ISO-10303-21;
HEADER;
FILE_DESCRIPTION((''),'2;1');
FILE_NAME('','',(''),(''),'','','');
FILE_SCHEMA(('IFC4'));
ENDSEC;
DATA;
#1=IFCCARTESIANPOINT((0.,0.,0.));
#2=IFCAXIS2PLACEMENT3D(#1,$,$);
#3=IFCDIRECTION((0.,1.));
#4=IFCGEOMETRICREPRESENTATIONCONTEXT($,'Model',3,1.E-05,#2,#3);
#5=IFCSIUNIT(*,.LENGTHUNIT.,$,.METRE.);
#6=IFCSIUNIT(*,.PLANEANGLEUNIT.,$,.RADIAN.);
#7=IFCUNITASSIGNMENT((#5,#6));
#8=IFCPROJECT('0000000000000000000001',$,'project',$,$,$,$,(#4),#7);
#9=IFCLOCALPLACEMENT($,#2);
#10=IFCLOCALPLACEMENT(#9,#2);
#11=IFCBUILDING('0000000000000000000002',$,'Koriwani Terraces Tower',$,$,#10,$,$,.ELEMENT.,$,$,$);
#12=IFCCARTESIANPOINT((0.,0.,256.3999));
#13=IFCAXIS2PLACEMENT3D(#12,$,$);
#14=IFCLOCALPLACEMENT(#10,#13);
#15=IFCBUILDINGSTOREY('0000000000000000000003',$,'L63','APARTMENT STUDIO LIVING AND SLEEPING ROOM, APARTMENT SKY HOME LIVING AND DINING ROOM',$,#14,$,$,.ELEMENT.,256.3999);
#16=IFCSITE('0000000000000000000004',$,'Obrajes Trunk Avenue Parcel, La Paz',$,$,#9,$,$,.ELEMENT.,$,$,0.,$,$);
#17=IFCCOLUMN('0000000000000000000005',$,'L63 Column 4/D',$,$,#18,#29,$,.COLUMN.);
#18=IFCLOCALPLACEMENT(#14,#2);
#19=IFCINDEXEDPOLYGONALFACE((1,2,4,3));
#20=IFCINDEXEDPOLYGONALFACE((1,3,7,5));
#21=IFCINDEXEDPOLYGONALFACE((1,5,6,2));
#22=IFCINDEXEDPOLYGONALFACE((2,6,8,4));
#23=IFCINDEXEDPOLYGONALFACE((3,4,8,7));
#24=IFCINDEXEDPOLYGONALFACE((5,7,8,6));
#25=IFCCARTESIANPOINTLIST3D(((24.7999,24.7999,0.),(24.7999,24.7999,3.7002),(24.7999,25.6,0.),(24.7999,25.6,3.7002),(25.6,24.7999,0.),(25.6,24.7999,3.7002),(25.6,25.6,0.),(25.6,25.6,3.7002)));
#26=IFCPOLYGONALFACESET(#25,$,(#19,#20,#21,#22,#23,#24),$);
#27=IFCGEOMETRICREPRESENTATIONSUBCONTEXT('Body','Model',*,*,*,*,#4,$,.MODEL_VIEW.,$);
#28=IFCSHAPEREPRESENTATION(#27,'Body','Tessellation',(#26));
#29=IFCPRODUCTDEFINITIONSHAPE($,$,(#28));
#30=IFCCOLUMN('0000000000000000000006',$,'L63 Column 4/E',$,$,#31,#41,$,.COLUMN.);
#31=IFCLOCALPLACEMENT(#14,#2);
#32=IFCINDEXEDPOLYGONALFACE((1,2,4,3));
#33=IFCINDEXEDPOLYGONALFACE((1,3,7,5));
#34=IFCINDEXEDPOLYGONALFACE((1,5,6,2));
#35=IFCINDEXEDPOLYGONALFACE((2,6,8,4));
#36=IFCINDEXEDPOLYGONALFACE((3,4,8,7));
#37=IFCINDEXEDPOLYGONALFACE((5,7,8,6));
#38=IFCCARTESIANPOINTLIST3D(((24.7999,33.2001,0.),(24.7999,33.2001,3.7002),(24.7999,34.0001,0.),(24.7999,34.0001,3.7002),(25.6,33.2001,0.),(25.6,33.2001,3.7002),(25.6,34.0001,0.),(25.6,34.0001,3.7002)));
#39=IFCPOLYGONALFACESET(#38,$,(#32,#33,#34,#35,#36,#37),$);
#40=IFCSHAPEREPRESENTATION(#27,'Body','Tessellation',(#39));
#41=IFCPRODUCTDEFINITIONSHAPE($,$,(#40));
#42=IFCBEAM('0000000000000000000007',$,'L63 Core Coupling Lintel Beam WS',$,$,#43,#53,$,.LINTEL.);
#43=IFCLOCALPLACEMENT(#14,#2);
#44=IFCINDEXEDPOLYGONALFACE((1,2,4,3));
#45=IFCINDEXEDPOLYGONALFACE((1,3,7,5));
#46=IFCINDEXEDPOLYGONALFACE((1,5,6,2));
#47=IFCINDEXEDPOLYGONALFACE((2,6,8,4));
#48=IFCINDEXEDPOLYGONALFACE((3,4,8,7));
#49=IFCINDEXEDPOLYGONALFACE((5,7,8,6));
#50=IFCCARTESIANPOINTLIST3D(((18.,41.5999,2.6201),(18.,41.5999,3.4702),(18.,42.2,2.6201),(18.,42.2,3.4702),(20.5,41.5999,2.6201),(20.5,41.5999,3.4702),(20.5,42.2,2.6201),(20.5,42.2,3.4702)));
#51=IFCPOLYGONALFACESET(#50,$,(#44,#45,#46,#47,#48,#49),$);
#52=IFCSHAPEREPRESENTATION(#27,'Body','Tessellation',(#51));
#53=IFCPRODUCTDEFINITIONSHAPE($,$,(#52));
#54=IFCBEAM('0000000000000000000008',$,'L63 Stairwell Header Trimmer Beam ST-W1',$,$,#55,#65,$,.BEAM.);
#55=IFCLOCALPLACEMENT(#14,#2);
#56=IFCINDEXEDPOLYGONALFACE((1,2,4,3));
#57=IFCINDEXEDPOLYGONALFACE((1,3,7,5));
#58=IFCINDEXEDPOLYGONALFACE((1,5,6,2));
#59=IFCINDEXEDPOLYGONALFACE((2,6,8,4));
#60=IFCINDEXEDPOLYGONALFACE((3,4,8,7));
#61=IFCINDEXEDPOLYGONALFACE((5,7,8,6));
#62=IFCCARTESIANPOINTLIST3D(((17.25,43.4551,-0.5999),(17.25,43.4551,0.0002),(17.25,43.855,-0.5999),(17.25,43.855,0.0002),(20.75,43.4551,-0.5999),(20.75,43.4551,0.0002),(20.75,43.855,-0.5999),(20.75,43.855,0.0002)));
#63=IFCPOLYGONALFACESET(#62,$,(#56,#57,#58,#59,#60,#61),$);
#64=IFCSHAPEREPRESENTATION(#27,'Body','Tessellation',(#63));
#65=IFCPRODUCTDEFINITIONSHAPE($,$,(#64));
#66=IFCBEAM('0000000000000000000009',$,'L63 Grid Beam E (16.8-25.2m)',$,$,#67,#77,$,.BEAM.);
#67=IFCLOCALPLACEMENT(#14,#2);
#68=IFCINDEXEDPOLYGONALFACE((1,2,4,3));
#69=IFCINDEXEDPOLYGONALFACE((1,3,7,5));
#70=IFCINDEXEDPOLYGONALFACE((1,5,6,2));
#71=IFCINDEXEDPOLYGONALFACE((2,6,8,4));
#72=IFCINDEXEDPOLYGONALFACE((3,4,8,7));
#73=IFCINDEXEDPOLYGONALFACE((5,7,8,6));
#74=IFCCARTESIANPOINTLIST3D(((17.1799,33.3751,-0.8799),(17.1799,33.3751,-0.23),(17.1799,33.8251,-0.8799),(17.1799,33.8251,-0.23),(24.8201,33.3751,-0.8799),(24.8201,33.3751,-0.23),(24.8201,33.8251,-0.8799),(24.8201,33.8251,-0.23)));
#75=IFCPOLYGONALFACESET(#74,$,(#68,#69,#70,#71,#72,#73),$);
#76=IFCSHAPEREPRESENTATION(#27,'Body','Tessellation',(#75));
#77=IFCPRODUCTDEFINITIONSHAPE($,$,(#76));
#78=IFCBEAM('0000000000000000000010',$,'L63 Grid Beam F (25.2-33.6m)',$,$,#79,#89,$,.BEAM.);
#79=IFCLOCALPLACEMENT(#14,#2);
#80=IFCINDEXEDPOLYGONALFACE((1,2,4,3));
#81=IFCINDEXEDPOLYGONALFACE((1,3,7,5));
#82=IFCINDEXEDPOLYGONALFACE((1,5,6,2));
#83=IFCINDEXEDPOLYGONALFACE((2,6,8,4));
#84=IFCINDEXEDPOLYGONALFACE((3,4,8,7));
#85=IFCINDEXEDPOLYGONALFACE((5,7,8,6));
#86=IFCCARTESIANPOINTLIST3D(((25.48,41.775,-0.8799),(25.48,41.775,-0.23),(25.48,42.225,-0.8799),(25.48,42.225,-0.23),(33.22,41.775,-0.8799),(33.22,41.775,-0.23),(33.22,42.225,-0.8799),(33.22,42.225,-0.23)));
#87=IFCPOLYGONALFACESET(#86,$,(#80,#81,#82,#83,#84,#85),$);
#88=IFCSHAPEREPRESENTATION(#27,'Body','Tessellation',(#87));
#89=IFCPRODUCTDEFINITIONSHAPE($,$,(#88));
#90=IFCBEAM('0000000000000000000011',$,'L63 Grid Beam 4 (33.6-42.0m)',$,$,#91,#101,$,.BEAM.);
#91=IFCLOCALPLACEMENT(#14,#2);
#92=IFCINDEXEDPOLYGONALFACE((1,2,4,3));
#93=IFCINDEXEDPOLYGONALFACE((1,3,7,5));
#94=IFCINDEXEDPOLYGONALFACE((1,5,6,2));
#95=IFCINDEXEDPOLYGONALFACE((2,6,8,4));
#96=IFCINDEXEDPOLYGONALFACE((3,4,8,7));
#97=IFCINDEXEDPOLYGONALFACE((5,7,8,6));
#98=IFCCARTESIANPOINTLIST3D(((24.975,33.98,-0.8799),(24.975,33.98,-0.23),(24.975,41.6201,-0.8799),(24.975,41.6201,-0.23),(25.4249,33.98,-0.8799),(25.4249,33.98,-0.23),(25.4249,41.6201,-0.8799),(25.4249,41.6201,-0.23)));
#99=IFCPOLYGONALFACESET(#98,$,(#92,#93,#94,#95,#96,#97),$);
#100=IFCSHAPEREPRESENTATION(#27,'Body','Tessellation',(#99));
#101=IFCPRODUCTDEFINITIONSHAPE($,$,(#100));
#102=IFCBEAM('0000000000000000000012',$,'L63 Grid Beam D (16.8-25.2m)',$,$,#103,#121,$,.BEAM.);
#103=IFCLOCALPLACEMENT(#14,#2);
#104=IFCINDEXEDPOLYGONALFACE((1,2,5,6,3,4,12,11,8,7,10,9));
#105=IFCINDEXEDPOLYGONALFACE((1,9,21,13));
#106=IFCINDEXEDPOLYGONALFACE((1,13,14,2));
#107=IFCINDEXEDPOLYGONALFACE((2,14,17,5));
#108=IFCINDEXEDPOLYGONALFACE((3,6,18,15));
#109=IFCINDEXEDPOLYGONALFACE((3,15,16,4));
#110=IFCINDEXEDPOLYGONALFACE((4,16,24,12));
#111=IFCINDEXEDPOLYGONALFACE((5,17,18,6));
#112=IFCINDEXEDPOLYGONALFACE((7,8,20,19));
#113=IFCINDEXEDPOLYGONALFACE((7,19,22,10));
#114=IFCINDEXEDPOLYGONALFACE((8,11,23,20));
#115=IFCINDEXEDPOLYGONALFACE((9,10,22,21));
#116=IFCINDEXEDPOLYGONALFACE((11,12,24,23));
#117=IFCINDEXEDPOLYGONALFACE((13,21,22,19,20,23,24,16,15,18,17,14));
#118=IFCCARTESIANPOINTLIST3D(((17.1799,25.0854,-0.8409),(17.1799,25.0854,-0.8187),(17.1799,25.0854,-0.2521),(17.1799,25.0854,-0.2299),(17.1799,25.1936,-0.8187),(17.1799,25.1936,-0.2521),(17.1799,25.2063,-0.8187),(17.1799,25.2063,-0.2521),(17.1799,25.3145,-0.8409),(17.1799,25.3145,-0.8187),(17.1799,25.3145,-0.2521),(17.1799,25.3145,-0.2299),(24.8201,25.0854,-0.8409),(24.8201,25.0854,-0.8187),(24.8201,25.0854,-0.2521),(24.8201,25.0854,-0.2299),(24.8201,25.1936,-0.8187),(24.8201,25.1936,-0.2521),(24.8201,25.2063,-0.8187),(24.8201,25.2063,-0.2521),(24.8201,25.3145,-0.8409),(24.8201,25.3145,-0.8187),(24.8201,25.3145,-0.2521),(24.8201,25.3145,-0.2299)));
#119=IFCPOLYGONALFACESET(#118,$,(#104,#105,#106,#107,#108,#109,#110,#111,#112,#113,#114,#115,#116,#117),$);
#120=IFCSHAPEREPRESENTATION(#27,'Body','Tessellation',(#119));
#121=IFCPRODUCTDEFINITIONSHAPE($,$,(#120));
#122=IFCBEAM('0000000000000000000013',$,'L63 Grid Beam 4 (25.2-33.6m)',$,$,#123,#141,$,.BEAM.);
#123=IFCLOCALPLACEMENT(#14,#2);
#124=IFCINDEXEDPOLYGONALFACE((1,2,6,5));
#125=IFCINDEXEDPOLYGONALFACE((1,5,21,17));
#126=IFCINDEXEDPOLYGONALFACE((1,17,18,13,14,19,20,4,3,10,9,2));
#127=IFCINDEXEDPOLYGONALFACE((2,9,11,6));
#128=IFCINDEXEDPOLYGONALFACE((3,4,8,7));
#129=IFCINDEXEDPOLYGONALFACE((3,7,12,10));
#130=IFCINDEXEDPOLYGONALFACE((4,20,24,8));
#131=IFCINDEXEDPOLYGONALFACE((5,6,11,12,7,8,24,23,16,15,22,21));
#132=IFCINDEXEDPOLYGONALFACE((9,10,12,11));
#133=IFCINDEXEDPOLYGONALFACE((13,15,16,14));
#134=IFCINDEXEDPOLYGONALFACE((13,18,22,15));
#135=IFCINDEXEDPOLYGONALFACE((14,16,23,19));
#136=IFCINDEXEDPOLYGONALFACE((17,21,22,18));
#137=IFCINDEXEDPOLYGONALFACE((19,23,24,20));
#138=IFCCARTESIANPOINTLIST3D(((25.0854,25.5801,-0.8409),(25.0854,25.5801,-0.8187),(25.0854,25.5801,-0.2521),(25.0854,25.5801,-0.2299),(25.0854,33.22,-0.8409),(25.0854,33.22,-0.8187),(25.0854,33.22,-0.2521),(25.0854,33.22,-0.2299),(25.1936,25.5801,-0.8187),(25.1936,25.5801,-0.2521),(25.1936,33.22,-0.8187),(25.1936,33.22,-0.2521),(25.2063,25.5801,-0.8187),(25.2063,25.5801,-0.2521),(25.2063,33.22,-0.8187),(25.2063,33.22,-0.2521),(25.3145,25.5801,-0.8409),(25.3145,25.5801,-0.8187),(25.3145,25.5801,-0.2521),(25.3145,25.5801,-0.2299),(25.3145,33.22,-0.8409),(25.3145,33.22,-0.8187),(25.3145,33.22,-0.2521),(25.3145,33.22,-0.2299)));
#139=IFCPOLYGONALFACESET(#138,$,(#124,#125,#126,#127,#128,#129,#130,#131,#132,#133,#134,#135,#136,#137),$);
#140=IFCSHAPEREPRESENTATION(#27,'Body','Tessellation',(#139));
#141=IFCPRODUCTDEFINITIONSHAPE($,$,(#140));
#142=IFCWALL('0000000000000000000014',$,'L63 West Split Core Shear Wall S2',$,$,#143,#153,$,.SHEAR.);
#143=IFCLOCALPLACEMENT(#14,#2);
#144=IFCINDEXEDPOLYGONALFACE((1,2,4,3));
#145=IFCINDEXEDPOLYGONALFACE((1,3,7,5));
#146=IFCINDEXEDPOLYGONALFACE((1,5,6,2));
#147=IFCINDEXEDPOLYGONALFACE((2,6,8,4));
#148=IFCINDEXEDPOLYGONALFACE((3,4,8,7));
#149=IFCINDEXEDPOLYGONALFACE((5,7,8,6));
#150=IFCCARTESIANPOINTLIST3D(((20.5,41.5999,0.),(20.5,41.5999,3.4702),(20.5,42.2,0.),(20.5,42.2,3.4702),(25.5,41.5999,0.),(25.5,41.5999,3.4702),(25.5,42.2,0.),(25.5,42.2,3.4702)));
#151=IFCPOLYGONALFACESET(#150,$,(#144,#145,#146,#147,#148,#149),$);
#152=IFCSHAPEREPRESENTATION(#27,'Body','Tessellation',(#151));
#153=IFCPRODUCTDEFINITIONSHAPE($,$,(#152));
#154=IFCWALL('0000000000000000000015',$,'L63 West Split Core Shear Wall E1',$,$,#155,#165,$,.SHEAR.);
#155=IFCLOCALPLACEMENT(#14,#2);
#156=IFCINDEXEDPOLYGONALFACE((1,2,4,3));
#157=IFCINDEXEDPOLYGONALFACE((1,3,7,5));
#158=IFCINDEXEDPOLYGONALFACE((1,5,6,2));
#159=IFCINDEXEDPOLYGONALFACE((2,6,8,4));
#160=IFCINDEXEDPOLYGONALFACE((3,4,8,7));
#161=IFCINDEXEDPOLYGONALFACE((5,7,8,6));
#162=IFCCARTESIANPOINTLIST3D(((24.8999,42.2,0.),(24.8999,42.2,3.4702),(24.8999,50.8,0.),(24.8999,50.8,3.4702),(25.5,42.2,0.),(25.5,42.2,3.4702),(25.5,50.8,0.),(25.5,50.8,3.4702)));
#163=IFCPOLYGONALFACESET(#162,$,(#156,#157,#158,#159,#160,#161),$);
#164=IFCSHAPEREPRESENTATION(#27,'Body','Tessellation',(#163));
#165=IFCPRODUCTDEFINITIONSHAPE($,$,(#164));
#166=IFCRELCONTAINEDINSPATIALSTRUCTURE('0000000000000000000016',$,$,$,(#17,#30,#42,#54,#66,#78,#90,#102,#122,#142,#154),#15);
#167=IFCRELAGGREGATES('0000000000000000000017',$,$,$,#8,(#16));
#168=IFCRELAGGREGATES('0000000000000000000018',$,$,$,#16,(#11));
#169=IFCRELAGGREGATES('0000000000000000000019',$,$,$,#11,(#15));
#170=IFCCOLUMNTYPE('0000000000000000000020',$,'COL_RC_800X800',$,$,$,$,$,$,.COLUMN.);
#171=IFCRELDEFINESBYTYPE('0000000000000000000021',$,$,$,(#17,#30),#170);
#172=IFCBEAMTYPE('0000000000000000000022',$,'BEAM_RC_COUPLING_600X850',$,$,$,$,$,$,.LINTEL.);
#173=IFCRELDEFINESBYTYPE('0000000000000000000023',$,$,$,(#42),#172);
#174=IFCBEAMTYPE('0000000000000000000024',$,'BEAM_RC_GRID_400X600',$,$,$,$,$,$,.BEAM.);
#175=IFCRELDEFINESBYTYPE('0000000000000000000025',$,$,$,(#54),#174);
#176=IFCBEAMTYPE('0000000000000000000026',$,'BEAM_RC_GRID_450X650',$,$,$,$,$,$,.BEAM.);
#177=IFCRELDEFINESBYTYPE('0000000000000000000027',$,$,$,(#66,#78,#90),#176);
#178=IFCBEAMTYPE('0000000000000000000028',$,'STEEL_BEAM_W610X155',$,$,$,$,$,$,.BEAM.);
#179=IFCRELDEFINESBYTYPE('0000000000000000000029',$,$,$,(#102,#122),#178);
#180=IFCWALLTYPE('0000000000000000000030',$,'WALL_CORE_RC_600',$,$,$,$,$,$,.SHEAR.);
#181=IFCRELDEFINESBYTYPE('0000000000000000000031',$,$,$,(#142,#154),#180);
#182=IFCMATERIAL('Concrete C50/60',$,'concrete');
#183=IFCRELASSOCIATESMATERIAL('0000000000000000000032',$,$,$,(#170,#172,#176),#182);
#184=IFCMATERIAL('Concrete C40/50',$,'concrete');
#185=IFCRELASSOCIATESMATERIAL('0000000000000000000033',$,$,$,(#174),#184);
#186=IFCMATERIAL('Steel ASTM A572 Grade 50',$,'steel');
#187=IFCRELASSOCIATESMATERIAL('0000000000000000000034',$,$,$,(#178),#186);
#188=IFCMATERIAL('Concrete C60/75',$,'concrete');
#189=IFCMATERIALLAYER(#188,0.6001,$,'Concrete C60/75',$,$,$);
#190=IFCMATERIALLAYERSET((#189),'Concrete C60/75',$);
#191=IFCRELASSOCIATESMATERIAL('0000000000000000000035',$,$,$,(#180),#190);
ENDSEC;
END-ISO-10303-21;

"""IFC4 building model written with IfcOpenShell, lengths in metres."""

from ifc_helpers import new_model, si_unit, direction, frame, frame_2d, origin, origin_2d, place, context, subcontext, project, spatial, rectangle, i_section, extrude, material, layer, layer_set, material_profile, profile_set, type_object, element, save


model = new_model("IFC4")

# Units and contexts
model_context = context("Model", 3, precision=1e-05, world=origin(), true_north=direction((0.0, 1.0)))
body_context = subcontext(model_context, "Body", "Model", "MODEL_VIEW")
ifc_project = project(units=[si_unit("LENGTHUNIT", "METRE"), si_unit("PLANEANGLEUNIT", "RADIAN")], contexts=[model_context])

# Site, building, storey
site_placement = place(None, origin())
site = spatial("IfcSite", under=ifc_project, at=site_placement, Name="Obrajes Trunk Avenue Parcel, La Paz", CompositionType="ELEMENT", RefElevation=0.0)
building_placement = place(site_placement, origin())
building = spatial("IfcBuilding", under=site, at=building_placement, Name="Koriwani Terraces Tower", CompositionType="ELEMENT")
storey_placement = place(building_placement, frame((0.0, 0.0, 256.3999)))
storey = spatial("IfcBuildingStorey", under=building, at=storey_placement, Name="L63", Description="APARTMENT STUDIO LIVING AND SLEEPING ROOM, APARTMENT SKY HOME LIVING AND DINING ROOM", CompositionType="ELEMENT", Elevation=256.3999)

# Columns
ifc_material_1 = material(Name="Concrete C50/60", Category="concrete")
ifc_material_profile_1 = material_profile(ifc_material_1, rectangle(XDim=0.8, YDim=0.8, at=origin_2d()), Name="Concrete C50/60", Category="LoadBearing")
ifc_profile_set_1 = profile_set([ifc_material_profile_1], Name="Concrete C50/60")
column_type = type_object("IfcColumnType", Name="COL_RC_800X800", PredefinedType="COLUMN", material=ifc_profile_set_1)
for number, where, z_axis, x_axis, name in (
    (1, (25.2, 25.2, 0.0), (0.0, 0.0, 1.0), (1.0, 0.0, 0.0), "L63 Column 4/D"),
    (2, (25.2, 33.6001, 0.0), (0.0, 0.0, 1.0), (1.0, 0.0, 0.0), "L63 Column 4/E"),
):
    element("IfcColumn", number, at=place(storey_placement, frame(where, z_axis=z_axis, x_axis=x_axis)), inside=storey, type_object=column_type, Name=name, PredefinedType="COLUMN", context=body_context, shape_type="SweptSolid", body=[
        extrude(rectangle(XDim=0.8, YDim=0.8, at=origin_2d()), origin(), (0.0, 0.0, 1.0), 3.7002),
    ])

# Beams
ifc_material_profile_2 = material_profile(ifc_material_1, rectangle(XDim=0.6001, YDim=0.8501, at=origin_2d()), Name="Concrete C50/60", Category="LoadBearing")
ifc_profile_set_2 = profile_set([ifc_material_profile_2], Name="Concrete C50/60")
beam_type_1 = type_object("IfcBeamType", Name="BEAM_RC_COUPLING_600X850", PredefinedType="LINTEL", material=ifc_profile_set_2)
beam_1_placement = place(storey_placement, frame((18.0, 41.8999, 3.0452), z_axis=(1.0, 0.0, 0.0), x_axis=(0.0, 1.0, 0.0)))
element("IfcBeam", 3, at=beam_1_placement, inside=storey, type_object=beam_type_1, Name="L63 Core Coupling Lintel Beam WS", PredefinedType="LINTEL", context=body_context, shape_type="SweptSolid", body=[
    extrude(rectangle(XDim=0.6001, YDim=0.8501, at=origin_2d()), origin(), (0.0, 0.0, 1.0), 2.5),
])
ifc_material_2 = material(Name="Concrete C40/50", Category="concrete")
ifc_material_profile_3 = material_profile(ifc_material_2, rectangle(XDim=0.3999, YDim=0.6001, at=origin_2d()), Name="Concrete C40/50", Category="LoadBearing")
ifc_profile_set_3 = profile_set([ifc_material_profile_3], Name="Concrete C40/50")
beam_type_2 = type_object("IfcBeamType", Name="BEAM_RC_GRID_400X600", PredefinedType="BEAM", material=ifc_profile_set_3)
beam_2_placement = place(storey_placement, frame((17.25, 43.655, -0.2998), z_axis=(1.0, 0.0, 0.0), x_axis=(0.0, 1.0, 0.0)))
element("IfcBeam", 4, at=beam_2_placement, inside=storey, type_object=beam_type_2, Name="L63 Stairwell Header Trimmer Beam ST-W1", PredefinedType="BEAM", context=body_context, shape_type="SweptSolid", body=[
    extrude(rectangle(XDim=0.3999, YDim=0.6001, at=origin_2d()), origin(), (0.0, 0.0, 1.0), 3.5),
])
ifc_material_profile_4 = material_profile(ifc_material_1, rectangle(XDim=0.45, YDim=0.6499, at=origin_2d()), Name="Concrete C50/60", Category="LoadBearing")
ifc_profile_set_4 = profile_set([ifc_material_profile_4], Name="Concrete C50/60")
beam_type_3 = type_object("IfcBeamType", Name="BEAM_RC_GRID_450X650", PredefinedType="BEAM", material=ifc_profile_set_4)
beam_3_placement = place(storey_placement, frame((17.1799, 33.6001, -0.5549), z_axis=(1.0, 0.0, 0.0), x_axis=(0.0, 1.0, 0.0)))
element("IfcBeam", 5, at=beam_3_placement, inside=storey, type_object=beam_type_3, Name="L63 Grid Beam E (16.8-25.2m)", PredefinedType="BEAM", context=body_context, shape_type="SweptSolid", body=[
    extrude(rectangle(XDim=0.45, YDim=0.6499, at=origin_2d()), origin(), (0.0, 0.0, 1.0), 7.6401),
])
beam_4_placement = place(storey_placement, frame((25.48, 42.0, -0.5549), z_axis=(1.0, 0.0, 0.0), x_axis=(0.0, 1.0, 0.0)))
element("IfcBeam", 6, at=beam_4_placement, inside=storey, type_object=beam_type_3, Name="L63 Grid Beam F (25.2-33.6m)", PredefinedType="BEAM", context=body_context, shape_type="SweptSolid", body=[
    extrude(rectangle(XDim=0.45, YDim=0.6499, at=origin_2d()), origin(), (0.0, 0.0, 1.0), 7.74),
])
beam_5_placement = place(storey_placement, frame((25.2, 33.98, -0.5549), z_axis=(0.0, 1.0, 0.0), x_axis=(-1.0, 0.0, 0.0)))
element("IfcBeam", 7, at=beam_5_placement, inside=storey, type_object=beam_type_3, Name="L63 Grid Beam 4 (33.6-42.0m)", PredefinedType="BEAM", context=body_context, shape_type="SweptSolid", body=[
    extrude(rectangle(XDim=0.45, YDim=0.6499, at=origin_2d()), origin(), (0.0, 0.0, 1.0), 7.6401),
])
ifc_material_3 = material(Name="Steel ASTM A572 Grade 50", Category="steel")
ifc_material_profile_5 = material_profile(ifc_material_3, i_section(OverallWidth=0.229, OverallDepth=0.6111, WebThickness=0.0127, FlangeThickness=0.0222, at=origin_2d()), Name="Steel ASTM A572 Grade 50", Category="LoadBearing")
ifc_profile_set_5 = profile_set([ifc_material_profile_5], Name="Steel ASTM A572 Grade 50")
beam_type_4 = type_object("IfcBeamType", Name="STEEL_BEAM_W610X155", PredefinedType="BEAM", material=ifc_profile_set_5)
beam_6_placement = place(storey_placement, frame((17.1799, 25.2, -0.5354), z_axis=(1.0, 0.0, 0.0), x_axis=(0.0, 1.0, 0.0)))
element("IfcBeam", 8, at=beam_6_placement, inside=storey, type_object=beam_type_4, Name="L63 Grid Beam D (16.8-25.2m)", PredefinedType="BEAM", context=body_context, shape_type="SweptSolid", body=[
    extrude(i_section(OverallWidth=0.229, OverallDepth=0.6111, WebThickness=0.0127, FlangeThickness=0.0222, at=origin_2d()), origin(), (0.0, 0.0, 1.0), 7.6401),
])
beam_7_placement = place(storey_placement, frame((25.2, 25.5801, -0.5354), z_axis=(0.0, 1.0, 0.0), x_axis=(-1.0, 0.0, 0.0)))
element("IfcBeam", 9, at=beam_7_placement, inside=storey, type_object=beam_type_4, Name="L63 Grid Beam 4 (25.2-33.6m)", PredefinedType="BEAM", context=body_context, shape_type="SweptSolid", body=[
    extrude(i_section(OverallWidth=0.229, OverallDepth=0.6111, WebThickness=0.0127, FlangeThickness=0.0222, at=origin_2d()), origin(), (0.0, 0.0, 1.0), 7.6399),
])

# Walls
ifc_material_4 = material(Name="Concrete C60/75", Category="concrete")
ifc_layer_1 = layer(ifc_material_4, 0.6001, Name="Concrete C60/75")
ifc_layer_set_1 = layer_set([ifc_layer_1], Name="Concrete C60/75")
wall_type_1 = type_object("IfcWallType", Name="WALL_CORE_RC_600", PredefinedType="SHEAR", material=ifc_layer_set_1)
wall_1_placement = place(storey_placement, frame((20.5, 41.8999, 0.0), z_axis=(0.0, 0.0, 1.0), x_axis=(1.0, 0.0, 0.0)))
element("IfcWall", 10, at=wall_1_placement, inside=storey, type_object=wall_type_1, Name="L63 West Split Core Shear Wall S2", PredefinedType="SHEAR", context=body_context, shape_type="SweptSolid", body=[
    extrude(rectangle(XDim=5.0, YDim=0.6001, at=frame_2d((2.5, 0.0))), origin(), (0.0, 0.0, 1.0), 3.4702),
])
wall_2_placement = place(storey_placement, frame((25.2, 42.2, 0.0), z_axis=(0.0, 0.0, 1.0), x_axis=(0.0, 1.0, 0.0)))
element("IfcWall", 11, at=wall_2_placement, inside=storey, type_object=wall_type_1, Name="L63 West Split Core Shear Wall E1", PredefinedType="SHEAR", context=body_context, shape_type="SweptSolid", body=[
    extrude(rectangle(XDim=8.6001, YDim=0.6001, at=frame_2d((4.3, 0.0))), origin(), (0.0, 0.0, 1.0), 3.4702),
])

save(model, "model.ifc")
